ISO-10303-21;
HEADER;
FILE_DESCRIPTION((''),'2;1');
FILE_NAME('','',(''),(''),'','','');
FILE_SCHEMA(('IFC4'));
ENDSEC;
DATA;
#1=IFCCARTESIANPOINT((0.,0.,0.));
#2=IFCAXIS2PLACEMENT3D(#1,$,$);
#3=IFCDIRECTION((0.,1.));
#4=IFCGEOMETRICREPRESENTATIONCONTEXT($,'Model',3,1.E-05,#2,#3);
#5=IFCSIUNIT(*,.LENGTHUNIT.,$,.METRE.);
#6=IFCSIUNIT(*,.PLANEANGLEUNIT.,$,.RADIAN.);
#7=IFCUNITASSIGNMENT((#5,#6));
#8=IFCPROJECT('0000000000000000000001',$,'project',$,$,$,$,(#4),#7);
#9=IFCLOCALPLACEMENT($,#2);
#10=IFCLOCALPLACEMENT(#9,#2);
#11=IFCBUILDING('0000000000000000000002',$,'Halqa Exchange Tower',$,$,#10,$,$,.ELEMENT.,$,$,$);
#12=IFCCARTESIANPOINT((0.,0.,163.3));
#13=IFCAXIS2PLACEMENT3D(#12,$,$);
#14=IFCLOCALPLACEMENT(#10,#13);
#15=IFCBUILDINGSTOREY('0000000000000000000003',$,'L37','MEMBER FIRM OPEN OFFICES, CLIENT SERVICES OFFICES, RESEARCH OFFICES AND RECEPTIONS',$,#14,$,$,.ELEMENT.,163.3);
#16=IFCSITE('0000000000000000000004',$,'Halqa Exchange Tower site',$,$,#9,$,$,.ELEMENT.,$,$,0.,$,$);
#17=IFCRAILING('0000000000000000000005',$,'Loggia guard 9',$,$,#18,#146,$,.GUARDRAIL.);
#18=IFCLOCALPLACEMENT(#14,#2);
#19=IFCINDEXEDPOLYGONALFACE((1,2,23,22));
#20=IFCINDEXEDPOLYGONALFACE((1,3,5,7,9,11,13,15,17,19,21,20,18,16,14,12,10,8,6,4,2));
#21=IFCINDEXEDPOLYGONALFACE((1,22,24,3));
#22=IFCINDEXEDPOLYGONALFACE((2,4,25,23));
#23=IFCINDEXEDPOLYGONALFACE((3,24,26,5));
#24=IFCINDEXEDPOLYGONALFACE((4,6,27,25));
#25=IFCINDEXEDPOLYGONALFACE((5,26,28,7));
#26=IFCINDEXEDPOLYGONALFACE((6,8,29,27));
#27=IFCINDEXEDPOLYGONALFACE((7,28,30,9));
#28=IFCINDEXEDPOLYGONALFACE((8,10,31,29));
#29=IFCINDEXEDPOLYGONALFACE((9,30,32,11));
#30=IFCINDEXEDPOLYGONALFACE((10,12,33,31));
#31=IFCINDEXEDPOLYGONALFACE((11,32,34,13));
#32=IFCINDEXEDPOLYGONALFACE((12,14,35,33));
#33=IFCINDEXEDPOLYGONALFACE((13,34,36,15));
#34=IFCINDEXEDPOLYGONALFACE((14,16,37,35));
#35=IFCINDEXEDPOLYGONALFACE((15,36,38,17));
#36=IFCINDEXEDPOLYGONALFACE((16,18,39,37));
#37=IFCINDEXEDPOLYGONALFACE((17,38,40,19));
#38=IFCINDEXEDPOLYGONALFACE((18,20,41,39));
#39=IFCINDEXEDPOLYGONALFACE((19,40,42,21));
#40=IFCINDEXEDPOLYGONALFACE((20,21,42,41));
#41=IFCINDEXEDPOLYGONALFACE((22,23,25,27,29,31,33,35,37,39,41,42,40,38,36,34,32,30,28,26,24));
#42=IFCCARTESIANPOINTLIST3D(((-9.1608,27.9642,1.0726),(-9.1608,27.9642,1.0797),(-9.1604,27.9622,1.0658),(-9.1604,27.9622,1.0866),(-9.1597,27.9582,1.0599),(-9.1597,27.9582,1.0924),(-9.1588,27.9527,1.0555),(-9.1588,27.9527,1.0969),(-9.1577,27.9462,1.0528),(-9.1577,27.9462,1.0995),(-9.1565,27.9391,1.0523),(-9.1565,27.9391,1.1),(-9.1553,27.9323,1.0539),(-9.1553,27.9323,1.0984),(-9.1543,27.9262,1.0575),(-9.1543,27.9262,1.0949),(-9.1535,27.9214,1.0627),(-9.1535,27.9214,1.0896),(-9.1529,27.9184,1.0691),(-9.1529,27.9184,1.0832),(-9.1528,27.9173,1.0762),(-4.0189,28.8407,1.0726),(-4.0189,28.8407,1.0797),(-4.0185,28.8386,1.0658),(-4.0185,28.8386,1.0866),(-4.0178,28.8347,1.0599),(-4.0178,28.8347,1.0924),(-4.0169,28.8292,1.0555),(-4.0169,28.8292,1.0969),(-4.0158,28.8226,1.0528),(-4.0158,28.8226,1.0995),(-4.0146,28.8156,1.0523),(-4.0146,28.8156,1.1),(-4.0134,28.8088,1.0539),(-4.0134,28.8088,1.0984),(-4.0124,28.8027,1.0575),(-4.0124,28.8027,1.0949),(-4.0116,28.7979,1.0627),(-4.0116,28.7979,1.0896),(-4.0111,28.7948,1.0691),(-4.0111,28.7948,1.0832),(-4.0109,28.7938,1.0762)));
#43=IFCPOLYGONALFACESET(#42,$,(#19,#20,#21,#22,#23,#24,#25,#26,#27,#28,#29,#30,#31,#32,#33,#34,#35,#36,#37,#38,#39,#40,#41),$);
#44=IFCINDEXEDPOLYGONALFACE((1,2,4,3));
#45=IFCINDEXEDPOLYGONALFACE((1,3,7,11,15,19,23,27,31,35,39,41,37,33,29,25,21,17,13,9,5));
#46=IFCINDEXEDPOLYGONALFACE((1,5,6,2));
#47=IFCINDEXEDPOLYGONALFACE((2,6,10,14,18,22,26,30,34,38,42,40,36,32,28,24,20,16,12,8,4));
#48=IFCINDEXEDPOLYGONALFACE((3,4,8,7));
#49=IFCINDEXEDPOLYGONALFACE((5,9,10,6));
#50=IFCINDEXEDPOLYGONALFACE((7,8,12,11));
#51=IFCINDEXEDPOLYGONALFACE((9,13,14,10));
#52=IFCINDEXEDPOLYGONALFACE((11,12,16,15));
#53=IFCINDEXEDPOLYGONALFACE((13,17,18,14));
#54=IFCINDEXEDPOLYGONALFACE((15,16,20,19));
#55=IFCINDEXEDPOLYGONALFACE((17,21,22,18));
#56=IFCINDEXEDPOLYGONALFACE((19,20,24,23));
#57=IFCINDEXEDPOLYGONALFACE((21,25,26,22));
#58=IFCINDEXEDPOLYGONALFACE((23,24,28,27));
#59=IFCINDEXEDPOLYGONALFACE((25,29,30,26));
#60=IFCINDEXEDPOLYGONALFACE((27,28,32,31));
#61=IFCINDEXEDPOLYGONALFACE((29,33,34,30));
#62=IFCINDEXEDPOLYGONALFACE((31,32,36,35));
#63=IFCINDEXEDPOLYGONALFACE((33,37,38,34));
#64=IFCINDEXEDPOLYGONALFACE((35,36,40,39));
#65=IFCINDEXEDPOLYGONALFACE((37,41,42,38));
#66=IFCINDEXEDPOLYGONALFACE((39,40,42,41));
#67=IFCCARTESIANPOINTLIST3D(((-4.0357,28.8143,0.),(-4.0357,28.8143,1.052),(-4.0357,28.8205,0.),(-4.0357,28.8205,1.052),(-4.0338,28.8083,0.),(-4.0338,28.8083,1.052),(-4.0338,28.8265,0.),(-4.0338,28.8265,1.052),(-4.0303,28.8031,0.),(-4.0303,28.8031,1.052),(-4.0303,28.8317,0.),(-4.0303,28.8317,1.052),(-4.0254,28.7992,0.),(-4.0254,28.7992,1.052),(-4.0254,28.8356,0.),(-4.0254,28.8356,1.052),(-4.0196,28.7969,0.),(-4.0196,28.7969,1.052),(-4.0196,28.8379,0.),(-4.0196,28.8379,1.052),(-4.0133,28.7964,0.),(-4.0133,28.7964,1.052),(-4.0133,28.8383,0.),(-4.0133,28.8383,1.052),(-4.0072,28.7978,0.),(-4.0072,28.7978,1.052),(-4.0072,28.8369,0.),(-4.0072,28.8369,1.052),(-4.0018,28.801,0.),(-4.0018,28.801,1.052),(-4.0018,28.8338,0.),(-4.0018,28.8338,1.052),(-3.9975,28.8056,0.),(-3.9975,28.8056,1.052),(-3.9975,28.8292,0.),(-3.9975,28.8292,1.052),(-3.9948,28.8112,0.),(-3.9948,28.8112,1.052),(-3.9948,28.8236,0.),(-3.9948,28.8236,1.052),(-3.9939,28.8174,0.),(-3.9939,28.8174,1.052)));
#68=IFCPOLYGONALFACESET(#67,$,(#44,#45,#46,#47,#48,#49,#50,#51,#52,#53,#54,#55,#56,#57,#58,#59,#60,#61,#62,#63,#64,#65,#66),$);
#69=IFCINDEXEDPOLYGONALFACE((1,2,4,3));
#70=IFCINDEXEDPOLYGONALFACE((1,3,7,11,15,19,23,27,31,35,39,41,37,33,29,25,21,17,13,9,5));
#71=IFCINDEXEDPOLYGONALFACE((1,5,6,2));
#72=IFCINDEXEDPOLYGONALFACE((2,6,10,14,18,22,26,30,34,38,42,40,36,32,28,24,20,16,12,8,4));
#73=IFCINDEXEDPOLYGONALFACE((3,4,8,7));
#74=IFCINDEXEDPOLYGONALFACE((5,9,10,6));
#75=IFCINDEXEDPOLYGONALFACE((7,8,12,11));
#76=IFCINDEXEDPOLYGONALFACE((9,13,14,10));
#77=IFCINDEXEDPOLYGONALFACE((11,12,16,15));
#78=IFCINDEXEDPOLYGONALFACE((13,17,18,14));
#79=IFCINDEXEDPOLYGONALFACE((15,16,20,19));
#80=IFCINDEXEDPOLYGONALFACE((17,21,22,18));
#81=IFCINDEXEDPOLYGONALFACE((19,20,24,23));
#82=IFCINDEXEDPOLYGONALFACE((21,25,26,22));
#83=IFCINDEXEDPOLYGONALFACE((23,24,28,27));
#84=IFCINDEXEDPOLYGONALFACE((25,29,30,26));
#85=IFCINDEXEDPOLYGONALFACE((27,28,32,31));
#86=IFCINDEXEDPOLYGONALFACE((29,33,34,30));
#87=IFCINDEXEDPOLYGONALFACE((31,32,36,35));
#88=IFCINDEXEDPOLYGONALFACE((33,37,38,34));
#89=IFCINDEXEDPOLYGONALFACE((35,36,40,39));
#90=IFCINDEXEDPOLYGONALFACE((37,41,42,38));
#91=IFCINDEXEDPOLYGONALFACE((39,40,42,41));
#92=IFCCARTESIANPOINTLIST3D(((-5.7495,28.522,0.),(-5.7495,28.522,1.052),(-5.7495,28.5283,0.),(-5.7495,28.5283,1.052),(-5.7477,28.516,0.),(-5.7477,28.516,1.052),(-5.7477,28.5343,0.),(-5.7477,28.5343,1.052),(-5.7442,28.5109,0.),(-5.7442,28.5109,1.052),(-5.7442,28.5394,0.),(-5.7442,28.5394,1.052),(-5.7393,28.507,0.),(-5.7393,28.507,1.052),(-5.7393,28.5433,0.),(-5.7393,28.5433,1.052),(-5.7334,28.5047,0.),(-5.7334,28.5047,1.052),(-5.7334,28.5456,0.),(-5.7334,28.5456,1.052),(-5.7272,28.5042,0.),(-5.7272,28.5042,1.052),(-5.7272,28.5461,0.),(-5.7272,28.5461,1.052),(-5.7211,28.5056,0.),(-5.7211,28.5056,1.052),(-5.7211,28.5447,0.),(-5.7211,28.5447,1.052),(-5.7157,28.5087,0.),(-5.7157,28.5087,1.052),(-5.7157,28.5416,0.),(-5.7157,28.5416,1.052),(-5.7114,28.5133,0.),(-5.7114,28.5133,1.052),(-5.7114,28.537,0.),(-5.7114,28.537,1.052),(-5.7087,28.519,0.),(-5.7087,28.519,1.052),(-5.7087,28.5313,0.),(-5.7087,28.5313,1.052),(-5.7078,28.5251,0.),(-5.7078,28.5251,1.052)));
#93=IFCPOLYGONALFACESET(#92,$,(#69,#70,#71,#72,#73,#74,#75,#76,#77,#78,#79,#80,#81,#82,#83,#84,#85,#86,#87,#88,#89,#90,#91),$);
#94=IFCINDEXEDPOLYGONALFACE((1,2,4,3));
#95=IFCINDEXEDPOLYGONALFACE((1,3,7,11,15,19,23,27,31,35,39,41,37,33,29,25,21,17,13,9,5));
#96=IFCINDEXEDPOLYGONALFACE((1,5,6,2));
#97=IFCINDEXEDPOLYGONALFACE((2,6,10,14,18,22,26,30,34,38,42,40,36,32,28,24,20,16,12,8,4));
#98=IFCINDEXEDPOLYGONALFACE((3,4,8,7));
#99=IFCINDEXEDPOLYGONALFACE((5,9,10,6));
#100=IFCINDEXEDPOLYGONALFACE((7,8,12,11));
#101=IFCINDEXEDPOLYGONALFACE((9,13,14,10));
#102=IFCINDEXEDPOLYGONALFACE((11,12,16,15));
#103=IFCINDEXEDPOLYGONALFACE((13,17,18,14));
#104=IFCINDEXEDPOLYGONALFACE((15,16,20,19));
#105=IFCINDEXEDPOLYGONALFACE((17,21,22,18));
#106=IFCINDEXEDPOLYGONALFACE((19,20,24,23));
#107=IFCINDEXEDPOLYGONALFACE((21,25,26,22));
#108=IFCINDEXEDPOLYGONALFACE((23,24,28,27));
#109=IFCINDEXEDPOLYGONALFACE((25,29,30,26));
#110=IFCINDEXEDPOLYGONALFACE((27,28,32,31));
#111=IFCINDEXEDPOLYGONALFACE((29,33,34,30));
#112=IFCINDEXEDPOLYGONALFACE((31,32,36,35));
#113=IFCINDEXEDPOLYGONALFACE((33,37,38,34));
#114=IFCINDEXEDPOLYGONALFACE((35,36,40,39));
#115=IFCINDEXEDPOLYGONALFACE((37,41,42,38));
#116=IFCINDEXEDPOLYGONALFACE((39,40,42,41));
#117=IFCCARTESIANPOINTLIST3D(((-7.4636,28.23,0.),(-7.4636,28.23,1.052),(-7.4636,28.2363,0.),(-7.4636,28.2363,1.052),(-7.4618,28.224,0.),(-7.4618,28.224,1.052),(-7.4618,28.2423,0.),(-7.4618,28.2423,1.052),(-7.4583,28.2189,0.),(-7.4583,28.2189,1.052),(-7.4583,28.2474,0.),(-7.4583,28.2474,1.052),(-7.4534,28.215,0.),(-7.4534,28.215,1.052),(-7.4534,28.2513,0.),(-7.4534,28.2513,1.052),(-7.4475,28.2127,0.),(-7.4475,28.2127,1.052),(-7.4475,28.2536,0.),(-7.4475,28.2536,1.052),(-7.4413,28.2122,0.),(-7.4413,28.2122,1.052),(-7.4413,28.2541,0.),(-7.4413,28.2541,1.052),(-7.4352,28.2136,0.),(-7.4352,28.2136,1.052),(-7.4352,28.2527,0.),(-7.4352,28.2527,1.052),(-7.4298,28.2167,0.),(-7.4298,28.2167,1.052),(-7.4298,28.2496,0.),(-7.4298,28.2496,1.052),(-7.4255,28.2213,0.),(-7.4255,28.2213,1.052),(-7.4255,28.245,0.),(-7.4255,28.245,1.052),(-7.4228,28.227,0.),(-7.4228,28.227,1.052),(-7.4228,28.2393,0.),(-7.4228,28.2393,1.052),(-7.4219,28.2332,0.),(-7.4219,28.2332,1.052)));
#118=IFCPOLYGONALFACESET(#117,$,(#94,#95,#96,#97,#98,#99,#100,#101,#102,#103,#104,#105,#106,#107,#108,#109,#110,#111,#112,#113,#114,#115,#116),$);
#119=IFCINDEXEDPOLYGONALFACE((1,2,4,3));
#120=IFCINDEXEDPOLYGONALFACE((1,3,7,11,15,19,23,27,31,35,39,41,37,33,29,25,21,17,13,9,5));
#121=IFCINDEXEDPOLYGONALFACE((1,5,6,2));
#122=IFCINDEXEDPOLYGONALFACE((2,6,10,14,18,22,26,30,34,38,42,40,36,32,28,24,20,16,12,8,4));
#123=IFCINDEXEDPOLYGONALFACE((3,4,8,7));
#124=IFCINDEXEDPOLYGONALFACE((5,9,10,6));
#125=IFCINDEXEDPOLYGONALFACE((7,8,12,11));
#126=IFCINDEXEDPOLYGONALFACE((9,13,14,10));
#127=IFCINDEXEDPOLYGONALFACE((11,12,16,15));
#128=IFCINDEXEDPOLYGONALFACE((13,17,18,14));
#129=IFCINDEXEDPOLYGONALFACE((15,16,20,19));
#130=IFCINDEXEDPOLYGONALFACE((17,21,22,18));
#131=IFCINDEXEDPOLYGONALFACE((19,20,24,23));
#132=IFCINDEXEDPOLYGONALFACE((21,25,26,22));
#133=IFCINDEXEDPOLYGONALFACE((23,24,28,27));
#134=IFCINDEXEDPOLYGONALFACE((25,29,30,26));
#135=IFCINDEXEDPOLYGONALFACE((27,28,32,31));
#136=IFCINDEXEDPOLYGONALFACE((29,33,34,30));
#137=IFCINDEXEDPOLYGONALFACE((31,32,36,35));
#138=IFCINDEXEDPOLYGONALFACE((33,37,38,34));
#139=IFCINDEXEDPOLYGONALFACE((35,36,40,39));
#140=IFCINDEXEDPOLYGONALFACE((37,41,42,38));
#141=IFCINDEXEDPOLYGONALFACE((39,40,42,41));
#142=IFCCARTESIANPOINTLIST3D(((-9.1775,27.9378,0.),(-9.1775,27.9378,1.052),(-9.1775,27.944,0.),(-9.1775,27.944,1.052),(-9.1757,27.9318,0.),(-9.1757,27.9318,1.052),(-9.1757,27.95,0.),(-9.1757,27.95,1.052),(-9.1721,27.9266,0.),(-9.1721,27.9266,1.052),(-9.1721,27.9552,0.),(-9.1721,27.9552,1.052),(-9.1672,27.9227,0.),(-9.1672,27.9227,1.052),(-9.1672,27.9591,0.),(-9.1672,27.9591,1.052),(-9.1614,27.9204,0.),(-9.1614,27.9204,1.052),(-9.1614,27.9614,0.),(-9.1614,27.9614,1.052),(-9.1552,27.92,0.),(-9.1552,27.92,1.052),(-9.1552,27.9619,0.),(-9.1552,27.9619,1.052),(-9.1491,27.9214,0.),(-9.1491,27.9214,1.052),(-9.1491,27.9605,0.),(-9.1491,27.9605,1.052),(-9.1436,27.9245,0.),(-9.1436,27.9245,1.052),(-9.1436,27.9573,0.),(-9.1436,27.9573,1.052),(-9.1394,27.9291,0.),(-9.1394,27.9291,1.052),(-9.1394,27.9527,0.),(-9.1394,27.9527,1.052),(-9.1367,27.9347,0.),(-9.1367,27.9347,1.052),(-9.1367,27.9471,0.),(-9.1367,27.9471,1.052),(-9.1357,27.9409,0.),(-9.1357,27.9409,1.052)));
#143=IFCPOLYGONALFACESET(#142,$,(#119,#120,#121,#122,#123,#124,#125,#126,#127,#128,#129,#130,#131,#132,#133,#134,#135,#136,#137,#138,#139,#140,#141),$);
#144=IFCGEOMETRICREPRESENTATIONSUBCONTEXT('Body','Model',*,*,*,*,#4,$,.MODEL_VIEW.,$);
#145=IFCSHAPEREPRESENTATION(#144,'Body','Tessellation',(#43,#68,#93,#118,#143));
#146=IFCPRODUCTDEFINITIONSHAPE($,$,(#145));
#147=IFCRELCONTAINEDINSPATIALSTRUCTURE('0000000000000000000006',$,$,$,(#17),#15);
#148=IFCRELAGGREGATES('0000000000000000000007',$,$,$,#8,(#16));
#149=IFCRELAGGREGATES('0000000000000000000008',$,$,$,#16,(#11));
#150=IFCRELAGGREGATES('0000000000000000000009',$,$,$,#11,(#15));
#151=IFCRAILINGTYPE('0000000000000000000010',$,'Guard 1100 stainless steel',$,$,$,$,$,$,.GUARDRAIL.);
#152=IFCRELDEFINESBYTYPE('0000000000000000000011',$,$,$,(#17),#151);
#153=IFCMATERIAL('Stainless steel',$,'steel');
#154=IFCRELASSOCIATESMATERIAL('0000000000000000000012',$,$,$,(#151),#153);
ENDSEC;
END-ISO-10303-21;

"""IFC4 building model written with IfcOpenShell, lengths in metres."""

from ifc_helpers import new_model, si_unit, direction, frame, origin, origin_2d, place, context, subcontext, project, spatial, circle, extrude, material, type_object, element, save


model = new_model("IFC4")

# Units and contexts
model_context = context("Model", 3, precision=1e-05, world=origin(), true_north=direction((0.0, 1.0)))
body_context = subcontext(model_context, "Body", "Model", "MODEL_VIEW")
ifc_project = project(units=[si_unit("LENGTHUNIT", "METRE"), si_unit("PLANEANGLEUNIT", "RADIAN")], contexts=[model_context])

# Site, building, storey
site_placement = place(None, origin())
site = spatial("IfcSite", under=ifc_project, at=site_placement, Name="Halqa Exchange Tower site", CompositionType="ELEMENT", RefElevation=0.0)
building_placement = place(site_placement, origin())
building = spatial("IfcBuilding", under=site, at=building_placement, Name="Halqa Exchange Tower", CompositionType="ELEMENT")
storey_placement = place(building_placement, frame((0.0, 0.0, 163.3)))
storey = spatial("IfcBuildingStorey", under=building, at=storey_placement, Name="L37", Description="MEMBER FIRM OPEN OFFICES, CLIENT SERVICES OFFICES, RESEARCH OFFICES AND RECEPTIONS", CompositionType="ELEMENT", Elevation=163.3)

# Railing
ifc_material_1 = material(Name="Stainless steel", Category="steel")
railing_type_1 = type_object("IfcRailingType", Name="Guard 1100 stainless steel", PredefinedType="GUARDRAIL", material=ifc_material_1)
railing_1_placement = place(storey_placement, frame((-4.0149, 28.8174, 0.0)))
element("IfcRailing", 1, at=railing_1_placement, inside=storey, type_object=railing_type_1, Name="Loggia guard 9", PredefinedType="GUARDRAIL", context=body_context, shape_type="SweptSolid", body=[
    extrude(circle(Radius=0.0239, at=origin_2d()), frame((0.0, 0.0, 1.0762), z_axis=(-0.985781, -0.168034, 0.0), x_axis=(0.168034, -0.985781, 0.0)), (0.0, 0.0, 1.0), 5.2161),
    extrude(circle(Radius=0.021, at=origin_2d()), origin(), (0.0, 0.0, 1.0), 1.052),
    extrude(circle(Radius=0.021, at=origin_2d()), frame((-1.7139, -0.2922, 0.0)), (0.0, 0.0, 1.0), 1.052),
    extrude(circle(Radius=0.021, at=origin_2d()), frame((-3.428, -0.5842, 0.0)), (0.0, 0.0, 1.0), 1.052),
    extrude(circle(Radius=0.021, at=origin_2d()), frame((-5.1418, -0.8765, 0.0)), (0.0, 0.0, 1.0), 1.052),
])

save(model, "model.ifc")
